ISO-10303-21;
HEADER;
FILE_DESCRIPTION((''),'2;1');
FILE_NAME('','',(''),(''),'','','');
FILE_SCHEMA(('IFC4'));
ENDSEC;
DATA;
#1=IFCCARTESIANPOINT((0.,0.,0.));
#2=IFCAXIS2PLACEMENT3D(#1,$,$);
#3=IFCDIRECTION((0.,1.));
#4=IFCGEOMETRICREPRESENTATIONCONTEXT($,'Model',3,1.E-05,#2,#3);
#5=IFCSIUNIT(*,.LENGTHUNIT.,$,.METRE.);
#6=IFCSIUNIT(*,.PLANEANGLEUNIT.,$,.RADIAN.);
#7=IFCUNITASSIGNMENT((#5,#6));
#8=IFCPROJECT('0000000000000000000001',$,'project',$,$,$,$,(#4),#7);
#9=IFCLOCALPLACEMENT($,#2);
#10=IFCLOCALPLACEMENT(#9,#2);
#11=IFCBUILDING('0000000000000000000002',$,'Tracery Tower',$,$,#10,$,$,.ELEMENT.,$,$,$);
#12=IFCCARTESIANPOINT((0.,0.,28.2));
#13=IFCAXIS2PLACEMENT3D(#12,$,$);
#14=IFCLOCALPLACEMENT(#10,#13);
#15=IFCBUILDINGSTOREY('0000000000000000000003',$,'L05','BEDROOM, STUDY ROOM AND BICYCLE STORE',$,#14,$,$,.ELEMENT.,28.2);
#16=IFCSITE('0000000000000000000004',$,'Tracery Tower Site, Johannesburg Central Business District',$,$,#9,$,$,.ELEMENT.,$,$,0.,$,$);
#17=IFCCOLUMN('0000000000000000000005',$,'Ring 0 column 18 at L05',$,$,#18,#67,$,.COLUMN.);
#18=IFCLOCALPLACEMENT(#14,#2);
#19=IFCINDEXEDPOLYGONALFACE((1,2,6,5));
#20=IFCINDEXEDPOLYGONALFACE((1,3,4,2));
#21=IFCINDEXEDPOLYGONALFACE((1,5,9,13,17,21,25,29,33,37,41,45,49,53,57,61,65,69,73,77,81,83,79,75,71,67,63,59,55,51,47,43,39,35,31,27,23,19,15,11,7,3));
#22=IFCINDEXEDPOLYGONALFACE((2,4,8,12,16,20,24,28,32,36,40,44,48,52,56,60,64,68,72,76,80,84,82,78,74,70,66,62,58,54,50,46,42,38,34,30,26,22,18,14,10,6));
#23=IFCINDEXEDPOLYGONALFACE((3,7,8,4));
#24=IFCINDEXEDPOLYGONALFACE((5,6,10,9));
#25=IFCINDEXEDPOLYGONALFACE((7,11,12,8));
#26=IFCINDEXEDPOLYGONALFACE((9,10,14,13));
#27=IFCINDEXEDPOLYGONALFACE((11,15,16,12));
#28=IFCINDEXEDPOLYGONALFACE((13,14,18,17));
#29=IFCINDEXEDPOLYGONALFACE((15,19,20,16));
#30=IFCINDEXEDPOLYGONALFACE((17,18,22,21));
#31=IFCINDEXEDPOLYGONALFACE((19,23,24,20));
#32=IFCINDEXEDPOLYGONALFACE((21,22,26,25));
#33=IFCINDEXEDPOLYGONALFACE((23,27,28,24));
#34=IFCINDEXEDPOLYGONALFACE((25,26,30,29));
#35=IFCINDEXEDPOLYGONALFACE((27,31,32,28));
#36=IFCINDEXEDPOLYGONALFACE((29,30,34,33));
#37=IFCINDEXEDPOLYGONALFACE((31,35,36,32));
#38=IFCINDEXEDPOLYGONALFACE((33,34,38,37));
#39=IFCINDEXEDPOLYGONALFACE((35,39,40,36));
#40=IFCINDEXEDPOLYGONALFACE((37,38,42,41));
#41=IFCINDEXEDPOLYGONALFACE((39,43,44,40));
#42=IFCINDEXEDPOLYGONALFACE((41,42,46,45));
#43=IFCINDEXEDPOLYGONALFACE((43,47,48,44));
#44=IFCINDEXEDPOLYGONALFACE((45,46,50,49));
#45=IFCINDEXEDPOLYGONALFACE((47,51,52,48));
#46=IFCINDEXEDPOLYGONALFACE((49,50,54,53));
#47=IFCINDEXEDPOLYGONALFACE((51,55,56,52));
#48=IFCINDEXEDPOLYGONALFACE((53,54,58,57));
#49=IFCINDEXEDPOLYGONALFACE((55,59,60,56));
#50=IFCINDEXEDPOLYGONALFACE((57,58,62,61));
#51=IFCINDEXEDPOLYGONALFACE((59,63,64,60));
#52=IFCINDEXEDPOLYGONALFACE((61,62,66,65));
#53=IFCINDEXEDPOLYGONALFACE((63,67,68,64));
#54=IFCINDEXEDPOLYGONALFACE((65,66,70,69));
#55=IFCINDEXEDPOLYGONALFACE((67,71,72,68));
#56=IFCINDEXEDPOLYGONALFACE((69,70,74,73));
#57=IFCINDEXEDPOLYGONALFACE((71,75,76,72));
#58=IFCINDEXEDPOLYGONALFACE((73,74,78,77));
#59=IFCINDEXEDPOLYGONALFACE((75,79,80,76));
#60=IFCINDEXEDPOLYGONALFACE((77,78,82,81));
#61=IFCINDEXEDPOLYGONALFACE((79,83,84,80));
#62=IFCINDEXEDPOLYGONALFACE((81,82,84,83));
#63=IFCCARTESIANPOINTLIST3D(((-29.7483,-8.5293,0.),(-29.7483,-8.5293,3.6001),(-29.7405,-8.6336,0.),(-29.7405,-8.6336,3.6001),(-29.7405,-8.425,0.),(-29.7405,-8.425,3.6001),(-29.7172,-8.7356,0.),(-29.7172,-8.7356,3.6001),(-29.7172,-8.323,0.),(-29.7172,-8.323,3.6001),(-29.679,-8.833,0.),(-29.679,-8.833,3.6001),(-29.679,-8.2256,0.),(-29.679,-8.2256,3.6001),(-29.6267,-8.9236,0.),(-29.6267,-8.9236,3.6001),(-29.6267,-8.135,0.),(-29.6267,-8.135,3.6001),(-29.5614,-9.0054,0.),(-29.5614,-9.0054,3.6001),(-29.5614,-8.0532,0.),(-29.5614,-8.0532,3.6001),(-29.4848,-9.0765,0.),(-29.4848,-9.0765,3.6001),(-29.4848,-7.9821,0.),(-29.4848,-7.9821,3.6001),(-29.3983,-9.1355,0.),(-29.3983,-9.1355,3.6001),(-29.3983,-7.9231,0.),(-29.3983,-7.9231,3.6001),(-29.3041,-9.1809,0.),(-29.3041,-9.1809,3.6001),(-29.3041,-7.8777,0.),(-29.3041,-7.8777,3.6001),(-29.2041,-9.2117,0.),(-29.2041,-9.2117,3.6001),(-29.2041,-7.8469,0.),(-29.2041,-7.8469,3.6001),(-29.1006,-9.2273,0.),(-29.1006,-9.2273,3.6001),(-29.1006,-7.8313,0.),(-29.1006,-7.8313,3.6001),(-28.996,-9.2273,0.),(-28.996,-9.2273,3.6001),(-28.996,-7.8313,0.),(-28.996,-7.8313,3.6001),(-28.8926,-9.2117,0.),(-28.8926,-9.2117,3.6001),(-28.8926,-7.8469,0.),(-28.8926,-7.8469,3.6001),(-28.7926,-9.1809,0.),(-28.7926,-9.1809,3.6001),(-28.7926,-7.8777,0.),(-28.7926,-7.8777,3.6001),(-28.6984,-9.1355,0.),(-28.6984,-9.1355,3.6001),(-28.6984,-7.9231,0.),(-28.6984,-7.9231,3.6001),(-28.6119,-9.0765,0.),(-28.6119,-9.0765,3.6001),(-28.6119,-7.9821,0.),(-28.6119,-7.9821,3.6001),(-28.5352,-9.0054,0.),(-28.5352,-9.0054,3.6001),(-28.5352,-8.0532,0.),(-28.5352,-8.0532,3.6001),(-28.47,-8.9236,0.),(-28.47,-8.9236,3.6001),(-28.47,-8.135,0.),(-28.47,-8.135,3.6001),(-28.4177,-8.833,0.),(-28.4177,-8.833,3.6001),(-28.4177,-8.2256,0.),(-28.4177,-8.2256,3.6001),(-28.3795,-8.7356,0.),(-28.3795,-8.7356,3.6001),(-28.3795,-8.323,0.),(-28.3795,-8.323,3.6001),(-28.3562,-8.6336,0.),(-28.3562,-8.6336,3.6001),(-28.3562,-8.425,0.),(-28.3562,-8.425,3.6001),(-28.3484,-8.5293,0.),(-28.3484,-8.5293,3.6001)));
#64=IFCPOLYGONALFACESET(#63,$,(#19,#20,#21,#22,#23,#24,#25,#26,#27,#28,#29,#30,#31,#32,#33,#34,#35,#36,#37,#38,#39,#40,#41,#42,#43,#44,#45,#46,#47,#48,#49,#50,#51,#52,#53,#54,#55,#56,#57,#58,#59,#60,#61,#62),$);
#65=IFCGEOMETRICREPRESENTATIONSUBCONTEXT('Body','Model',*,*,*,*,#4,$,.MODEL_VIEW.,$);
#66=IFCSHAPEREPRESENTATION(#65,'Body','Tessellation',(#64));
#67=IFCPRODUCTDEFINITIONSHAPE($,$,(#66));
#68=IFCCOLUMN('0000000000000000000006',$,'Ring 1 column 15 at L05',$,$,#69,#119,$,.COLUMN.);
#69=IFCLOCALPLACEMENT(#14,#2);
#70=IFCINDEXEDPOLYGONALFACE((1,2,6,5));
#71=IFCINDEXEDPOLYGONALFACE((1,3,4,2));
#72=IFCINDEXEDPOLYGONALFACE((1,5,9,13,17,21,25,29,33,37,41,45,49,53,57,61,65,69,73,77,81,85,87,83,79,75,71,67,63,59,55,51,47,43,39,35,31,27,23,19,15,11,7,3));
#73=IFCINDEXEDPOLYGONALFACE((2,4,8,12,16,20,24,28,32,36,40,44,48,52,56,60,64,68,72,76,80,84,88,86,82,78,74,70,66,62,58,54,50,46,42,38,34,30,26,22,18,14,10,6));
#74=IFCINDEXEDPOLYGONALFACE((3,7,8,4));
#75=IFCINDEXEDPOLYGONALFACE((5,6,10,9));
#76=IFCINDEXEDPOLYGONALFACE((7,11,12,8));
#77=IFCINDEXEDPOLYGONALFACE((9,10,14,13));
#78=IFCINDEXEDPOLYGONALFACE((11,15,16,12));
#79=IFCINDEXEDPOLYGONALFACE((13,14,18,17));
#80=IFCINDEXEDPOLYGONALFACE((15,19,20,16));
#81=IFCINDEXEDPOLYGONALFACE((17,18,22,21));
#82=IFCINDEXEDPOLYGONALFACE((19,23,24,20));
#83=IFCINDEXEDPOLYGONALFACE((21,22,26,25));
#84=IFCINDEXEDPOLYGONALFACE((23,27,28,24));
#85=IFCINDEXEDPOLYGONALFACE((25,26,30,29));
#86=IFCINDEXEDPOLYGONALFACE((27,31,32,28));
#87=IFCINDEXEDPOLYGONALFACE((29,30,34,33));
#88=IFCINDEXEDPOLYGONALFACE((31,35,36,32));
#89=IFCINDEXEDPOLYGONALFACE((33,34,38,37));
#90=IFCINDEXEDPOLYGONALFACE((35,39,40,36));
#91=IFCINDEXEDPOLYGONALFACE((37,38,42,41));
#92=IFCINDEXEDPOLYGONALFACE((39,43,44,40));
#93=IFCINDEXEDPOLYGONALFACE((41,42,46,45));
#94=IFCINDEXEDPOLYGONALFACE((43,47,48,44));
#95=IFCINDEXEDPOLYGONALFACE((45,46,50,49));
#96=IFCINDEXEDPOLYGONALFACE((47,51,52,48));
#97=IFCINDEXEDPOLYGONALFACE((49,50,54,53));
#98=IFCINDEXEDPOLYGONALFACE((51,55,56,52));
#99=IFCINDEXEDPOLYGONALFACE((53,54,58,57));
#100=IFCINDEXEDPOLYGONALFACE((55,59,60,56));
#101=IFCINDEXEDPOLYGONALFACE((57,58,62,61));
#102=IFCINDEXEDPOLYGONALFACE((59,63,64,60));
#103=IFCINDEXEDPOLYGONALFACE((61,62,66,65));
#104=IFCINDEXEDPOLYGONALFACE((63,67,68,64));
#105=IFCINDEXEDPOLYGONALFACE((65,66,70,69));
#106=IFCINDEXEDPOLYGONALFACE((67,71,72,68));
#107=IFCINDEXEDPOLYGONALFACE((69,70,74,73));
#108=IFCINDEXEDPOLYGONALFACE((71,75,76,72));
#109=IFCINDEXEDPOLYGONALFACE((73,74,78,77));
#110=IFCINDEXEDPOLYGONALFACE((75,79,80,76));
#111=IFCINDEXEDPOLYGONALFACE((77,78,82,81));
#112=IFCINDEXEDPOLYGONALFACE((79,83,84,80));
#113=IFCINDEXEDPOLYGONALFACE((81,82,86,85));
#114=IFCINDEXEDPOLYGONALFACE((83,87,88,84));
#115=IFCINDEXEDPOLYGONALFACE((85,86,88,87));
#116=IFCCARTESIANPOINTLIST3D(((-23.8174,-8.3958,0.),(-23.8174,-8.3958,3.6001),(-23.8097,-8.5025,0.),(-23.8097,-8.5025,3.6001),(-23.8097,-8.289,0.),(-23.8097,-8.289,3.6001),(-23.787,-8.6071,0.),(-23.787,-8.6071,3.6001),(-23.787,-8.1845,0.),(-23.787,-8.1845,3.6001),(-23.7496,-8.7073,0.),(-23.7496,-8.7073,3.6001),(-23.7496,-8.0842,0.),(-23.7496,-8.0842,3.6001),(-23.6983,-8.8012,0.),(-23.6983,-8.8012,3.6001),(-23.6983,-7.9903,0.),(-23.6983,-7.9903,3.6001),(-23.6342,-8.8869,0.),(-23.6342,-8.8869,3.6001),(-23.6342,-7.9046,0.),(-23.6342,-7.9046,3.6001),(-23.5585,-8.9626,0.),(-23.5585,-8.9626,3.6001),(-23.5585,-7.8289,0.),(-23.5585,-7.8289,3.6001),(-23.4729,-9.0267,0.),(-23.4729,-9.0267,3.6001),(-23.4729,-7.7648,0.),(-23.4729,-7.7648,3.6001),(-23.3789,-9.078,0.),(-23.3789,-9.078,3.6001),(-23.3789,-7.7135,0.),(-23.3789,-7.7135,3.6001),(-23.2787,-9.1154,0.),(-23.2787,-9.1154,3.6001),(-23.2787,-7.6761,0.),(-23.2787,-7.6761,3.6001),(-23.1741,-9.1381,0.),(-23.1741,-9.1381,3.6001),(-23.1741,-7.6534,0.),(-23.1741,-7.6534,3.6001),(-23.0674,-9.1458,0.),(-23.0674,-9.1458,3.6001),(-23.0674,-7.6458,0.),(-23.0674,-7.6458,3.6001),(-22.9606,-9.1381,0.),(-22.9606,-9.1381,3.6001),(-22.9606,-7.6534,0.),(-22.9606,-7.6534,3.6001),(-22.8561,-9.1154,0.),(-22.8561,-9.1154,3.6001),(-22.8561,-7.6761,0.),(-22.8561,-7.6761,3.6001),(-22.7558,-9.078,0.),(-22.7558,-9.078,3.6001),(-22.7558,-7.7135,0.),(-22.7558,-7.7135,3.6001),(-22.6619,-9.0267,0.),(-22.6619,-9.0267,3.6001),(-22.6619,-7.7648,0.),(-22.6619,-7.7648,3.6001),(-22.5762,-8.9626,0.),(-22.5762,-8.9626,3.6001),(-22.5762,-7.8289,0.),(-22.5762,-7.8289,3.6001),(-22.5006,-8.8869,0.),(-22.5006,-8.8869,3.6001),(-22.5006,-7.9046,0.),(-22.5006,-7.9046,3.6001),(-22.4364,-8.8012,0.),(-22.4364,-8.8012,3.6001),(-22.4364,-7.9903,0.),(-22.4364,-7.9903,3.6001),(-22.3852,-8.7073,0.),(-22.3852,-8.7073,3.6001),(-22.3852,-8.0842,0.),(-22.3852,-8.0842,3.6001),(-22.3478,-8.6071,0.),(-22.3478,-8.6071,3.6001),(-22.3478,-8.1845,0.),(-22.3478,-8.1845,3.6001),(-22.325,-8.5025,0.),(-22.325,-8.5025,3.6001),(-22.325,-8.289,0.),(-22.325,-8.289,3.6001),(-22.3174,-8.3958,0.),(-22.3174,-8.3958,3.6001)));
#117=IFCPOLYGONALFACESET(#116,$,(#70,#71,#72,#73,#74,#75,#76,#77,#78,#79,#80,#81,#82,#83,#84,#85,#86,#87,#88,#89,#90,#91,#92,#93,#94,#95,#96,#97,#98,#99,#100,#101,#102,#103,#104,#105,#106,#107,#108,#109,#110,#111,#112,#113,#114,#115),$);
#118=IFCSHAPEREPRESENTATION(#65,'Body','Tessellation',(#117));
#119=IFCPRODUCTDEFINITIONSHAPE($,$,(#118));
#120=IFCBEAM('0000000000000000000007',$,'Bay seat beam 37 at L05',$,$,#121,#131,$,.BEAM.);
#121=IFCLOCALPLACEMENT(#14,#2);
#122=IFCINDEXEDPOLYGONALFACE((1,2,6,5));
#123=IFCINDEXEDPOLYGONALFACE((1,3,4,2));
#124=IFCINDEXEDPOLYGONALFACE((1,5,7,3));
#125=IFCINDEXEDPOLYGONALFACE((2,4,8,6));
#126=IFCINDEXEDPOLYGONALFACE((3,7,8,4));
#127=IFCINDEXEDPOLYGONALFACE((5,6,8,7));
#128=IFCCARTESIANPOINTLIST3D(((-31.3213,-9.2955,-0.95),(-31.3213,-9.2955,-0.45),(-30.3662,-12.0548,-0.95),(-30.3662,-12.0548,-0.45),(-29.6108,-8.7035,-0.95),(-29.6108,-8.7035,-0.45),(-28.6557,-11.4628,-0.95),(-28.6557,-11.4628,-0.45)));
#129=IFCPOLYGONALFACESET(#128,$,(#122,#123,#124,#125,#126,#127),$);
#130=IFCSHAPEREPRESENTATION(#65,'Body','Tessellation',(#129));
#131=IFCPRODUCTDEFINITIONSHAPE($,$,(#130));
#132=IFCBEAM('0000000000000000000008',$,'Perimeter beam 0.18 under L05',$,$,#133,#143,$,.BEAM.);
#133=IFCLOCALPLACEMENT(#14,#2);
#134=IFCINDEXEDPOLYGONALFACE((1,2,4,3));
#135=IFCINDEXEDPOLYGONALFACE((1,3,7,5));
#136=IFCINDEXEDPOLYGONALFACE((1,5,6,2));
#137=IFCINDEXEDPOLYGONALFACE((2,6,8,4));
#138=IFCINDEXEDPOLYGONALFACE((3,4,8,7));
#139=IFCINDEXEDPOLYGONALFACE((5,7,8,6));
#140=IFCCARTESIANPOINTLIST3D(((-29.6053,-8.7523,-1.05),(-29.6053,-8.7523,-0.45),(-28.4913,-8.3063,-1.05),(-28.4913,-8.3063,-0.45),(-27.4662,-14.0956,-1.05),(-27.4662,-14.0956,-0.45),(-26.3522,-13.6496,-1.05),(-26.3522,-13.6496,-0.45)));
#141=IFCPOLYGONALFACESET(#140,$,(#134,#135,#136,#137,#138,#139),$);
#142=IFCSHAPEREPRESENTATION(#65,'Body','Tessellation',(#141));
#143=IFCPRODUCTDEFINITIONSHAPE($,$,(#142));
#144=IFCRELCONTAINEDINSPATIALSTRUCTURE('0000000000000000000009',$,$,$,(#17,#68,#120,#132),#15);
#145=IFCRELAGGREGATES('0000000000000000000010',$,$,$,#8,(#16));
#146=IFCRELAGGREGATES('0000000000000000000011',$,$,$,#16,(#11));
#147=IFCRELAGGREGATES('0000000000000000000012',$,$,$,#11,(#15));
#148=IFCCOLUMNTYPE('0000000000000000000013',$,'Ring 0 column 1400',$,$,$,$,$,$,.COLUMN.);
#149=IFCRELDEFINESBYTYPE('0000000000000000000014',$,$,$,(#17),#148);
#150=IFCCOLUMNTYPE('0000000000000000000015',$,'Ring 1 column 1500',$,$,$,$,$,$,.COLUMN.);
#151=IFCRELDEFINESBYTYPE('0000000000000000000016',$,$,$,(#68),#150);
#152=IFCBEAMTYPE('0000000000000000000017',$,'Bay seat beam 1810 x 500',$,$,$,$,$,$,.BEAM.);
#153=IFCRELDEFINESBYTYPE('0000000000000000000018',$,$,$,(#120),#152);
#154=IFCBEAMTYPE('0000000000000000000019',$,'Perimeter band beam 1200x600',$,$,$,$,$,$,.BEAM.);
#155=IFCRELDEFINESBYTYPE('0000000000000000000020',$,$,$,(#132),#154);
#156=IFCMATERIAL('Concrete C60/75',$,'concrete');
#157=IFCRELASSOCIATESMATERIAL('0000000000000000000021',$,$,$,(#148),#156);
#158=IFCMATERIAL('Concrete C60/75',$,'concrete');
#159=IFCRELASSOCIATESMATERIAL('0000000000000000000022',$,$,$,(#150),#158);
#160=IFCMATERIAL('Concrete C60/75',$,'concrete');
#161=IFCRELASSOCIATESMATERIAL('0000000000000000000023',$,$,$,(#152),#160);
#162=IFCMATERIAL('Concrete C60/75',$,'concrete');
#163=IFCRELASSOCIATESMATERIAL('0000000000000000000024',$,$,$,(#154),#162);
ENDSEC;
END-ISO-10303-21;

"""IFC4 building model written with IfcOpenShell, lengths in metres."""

from ifc_helpers import new_model, si_unit, direction, frame, origin, origin_2d, place, context, subcontext, project, spatial, rectangle, circle, extrude, material, material_profile, profile_set, type_object, element, save


model = new_model("IFC4")

# Units and contexts
model_context = context("Model", 3, precision=1e-05, world=origin(), true_north=direction((0.0, 1.0)))
body_context = subcontext(model_context, "Body", "Model", "MODEL_VIEW")
ifc_project = project(units=[si_unit("LENGTHUNIT", "METRE"), si_unit("PLANEANGLEUNIT", "RADIAN")], contexts=[model_context])

# Site, building, storey
site_placement = place(None, origin())
site = spatial("IfcSite", under=ifc_project, at=site_placement, Name="Tracery Tower Site, Johannesburg Central Business District", CompositionType="ELEMENT", RefElevation=0.0)
building_placement = place(site_placement, origin())
building = spatial("IfcBuilding", under=site, at=building_placement, Name="Tracery Tower", CompositionType="ELEMENT")
storey_placement = place(building_placement, frame((0.0, 0.0, 28.2)))
storey = spatial("IfcBuildingStorey", under=building, at=storey_placement, Name="L05", Description="BEDROOM, STUDY ROOM AND BICYCLE STORE", CompositionType="ELEMENT", Elevation=28.2)

# Columns
ifc_material_1 = material(Name="Concrete C60/75", Category="concrete")
ifc_material_profile_1 = material_profile(ifc_material_1, circle(Radius=0.7, at=origin_2d()), Name="RC D1400")
ifc_profile_set_1 = profile_set([ifc_material_profile_1], Name="Concrete C60/75")
column_type_1 = type_object("IfcColumnType", Name="Ring 0 column 1400", PredefinedType="COLUMN", material=ifc_profile_set_1)
column_1_placement = place(storey_placement, frame((-29.0483, -8.5293, 0.0), z_axis=(0.0, 0.0, 1.0), x_axis=(1.0, 0.0, 0.0)))
element("IfcColumn", 1, at=column_1_placement, inside=storey, type_object=column_type_1, Name="Ring 0 column 18 at L05", PredefinedType="COLUMN", context=body_context, shape_type="SweptSolid", body=[
    extrude(circle(Radius=0.7, at=origin_2d()), origin(), (0.0, 0.0, 1.0), 3.6001),
])
ifc_material_2 = material(Name="Concrete C60/75", Category="concrete")
ifc_material_profile_2 = material_profile(ifc_material_2, circle(Radius=0.75, at=origin_2d()), Name="RC D1500")
ifc_profile_set_2 = profile_set([ifc_material_profile_2], Name="Concrete C60/75")
column_type_2 = type_object("IfcColumnType", Name="Ring 1 column 1500", PredefinedType="COLUMN", material=ifc_profile_set_2)
column_2_placement = place(storey_placement, frame((-23.0674, -8.3958, 0.0), z_axis=(0.0, 0.0, 1.0), x_axis=(1.0, 0.0, 0.0)))
element("IfcColumn", 2, at=column_2_placement, inside=storey, type_object=column_type_2, Name="Ring 1 column 15 at L05", PredefinedType="COLUMN", context=body_context, shape_type="SweptSolid", body=[
    extrude(circle(Radius=0.75, at=origin_2d()), origin(), (0.0, 0.0, 1.0), 3.6001),
])

# Beams
ifc_material_3 = material(Name="Concrete C60/75", Category="concrete")
ifc_material_profile_3 = material_profile(ifc_material_3, rectangle(XDim=1.8101, YDim=0.5, at=origin_2d()), Name="RC 1810x500")
ifc_profile_set_3 = profile_set([ifc_material_profile_3], Name="Concrete C60/75")
beam_type_1 = type_object("IfcBeamType", Name="Bay seat beam 1810 x 500", PredefinedType="BEAM", material=ifc_profile_set_3)
beam_1_placement = place(storey_placement, frame((-30.4661, -8.9995, -0.7), z_axis=(0.327093, -0.944992, 0.0), x_axis=(0.944992, 0.327093, 0.0)))
element("IfcBeam", 3, at=beam_1_placement, inside=storey, type_object=beam_type_1, Name="Bay seat beam 37 at L05", PredefinedType="BEAM", context=body_context, shape_type="SweptSolid", body=[
    extrude(rectangle(XDim=1.8101, YDim=0.5, at=origin_2d()), origin(), (0.0, 0.0, 1.0), 2.9199),
])
ifc_material_4 = material(Name="Concrete C60/75", Category="concrete")
ifc_material_profile_4 = material_profile(ifc_material_4, rectangle(XDim=1.2, YDim=0.6001, at=origin_2d()), Name="RC 1200x600")
ifc_profile_set_4 = profile_set([ifc_material_profile_4], Name="Concrete C60/75")
beam_type_2 = type_object("IfcBeamType", Name="Perimeter band beam 1200x600", PredefinedType="BEAM", material=ifc_profile_set_4)
beam_2_placement = place(storey_placement, frame((-29.0483, -8.5293, -0.75), z_axis=(0.371669, -0.928365, 0.0), x_axis=(0.928365, 0.371669, 0.0)))
element("IfcBeam", 4, at=beam_2_placement, inside=storey, type_object=beam_type_2, Name="Perimeter beam 0.18 under L05", PredefinedType="BEAM", context=body_context, shape_type="SweptSolid", body=[
    extrude(rectangle(XDim=1.2, YDim=0.6001, at=origin_2d()), origin(), (0.0, 0.0, 1.0), 5.7556),
])

save(model, "model.ifc")
